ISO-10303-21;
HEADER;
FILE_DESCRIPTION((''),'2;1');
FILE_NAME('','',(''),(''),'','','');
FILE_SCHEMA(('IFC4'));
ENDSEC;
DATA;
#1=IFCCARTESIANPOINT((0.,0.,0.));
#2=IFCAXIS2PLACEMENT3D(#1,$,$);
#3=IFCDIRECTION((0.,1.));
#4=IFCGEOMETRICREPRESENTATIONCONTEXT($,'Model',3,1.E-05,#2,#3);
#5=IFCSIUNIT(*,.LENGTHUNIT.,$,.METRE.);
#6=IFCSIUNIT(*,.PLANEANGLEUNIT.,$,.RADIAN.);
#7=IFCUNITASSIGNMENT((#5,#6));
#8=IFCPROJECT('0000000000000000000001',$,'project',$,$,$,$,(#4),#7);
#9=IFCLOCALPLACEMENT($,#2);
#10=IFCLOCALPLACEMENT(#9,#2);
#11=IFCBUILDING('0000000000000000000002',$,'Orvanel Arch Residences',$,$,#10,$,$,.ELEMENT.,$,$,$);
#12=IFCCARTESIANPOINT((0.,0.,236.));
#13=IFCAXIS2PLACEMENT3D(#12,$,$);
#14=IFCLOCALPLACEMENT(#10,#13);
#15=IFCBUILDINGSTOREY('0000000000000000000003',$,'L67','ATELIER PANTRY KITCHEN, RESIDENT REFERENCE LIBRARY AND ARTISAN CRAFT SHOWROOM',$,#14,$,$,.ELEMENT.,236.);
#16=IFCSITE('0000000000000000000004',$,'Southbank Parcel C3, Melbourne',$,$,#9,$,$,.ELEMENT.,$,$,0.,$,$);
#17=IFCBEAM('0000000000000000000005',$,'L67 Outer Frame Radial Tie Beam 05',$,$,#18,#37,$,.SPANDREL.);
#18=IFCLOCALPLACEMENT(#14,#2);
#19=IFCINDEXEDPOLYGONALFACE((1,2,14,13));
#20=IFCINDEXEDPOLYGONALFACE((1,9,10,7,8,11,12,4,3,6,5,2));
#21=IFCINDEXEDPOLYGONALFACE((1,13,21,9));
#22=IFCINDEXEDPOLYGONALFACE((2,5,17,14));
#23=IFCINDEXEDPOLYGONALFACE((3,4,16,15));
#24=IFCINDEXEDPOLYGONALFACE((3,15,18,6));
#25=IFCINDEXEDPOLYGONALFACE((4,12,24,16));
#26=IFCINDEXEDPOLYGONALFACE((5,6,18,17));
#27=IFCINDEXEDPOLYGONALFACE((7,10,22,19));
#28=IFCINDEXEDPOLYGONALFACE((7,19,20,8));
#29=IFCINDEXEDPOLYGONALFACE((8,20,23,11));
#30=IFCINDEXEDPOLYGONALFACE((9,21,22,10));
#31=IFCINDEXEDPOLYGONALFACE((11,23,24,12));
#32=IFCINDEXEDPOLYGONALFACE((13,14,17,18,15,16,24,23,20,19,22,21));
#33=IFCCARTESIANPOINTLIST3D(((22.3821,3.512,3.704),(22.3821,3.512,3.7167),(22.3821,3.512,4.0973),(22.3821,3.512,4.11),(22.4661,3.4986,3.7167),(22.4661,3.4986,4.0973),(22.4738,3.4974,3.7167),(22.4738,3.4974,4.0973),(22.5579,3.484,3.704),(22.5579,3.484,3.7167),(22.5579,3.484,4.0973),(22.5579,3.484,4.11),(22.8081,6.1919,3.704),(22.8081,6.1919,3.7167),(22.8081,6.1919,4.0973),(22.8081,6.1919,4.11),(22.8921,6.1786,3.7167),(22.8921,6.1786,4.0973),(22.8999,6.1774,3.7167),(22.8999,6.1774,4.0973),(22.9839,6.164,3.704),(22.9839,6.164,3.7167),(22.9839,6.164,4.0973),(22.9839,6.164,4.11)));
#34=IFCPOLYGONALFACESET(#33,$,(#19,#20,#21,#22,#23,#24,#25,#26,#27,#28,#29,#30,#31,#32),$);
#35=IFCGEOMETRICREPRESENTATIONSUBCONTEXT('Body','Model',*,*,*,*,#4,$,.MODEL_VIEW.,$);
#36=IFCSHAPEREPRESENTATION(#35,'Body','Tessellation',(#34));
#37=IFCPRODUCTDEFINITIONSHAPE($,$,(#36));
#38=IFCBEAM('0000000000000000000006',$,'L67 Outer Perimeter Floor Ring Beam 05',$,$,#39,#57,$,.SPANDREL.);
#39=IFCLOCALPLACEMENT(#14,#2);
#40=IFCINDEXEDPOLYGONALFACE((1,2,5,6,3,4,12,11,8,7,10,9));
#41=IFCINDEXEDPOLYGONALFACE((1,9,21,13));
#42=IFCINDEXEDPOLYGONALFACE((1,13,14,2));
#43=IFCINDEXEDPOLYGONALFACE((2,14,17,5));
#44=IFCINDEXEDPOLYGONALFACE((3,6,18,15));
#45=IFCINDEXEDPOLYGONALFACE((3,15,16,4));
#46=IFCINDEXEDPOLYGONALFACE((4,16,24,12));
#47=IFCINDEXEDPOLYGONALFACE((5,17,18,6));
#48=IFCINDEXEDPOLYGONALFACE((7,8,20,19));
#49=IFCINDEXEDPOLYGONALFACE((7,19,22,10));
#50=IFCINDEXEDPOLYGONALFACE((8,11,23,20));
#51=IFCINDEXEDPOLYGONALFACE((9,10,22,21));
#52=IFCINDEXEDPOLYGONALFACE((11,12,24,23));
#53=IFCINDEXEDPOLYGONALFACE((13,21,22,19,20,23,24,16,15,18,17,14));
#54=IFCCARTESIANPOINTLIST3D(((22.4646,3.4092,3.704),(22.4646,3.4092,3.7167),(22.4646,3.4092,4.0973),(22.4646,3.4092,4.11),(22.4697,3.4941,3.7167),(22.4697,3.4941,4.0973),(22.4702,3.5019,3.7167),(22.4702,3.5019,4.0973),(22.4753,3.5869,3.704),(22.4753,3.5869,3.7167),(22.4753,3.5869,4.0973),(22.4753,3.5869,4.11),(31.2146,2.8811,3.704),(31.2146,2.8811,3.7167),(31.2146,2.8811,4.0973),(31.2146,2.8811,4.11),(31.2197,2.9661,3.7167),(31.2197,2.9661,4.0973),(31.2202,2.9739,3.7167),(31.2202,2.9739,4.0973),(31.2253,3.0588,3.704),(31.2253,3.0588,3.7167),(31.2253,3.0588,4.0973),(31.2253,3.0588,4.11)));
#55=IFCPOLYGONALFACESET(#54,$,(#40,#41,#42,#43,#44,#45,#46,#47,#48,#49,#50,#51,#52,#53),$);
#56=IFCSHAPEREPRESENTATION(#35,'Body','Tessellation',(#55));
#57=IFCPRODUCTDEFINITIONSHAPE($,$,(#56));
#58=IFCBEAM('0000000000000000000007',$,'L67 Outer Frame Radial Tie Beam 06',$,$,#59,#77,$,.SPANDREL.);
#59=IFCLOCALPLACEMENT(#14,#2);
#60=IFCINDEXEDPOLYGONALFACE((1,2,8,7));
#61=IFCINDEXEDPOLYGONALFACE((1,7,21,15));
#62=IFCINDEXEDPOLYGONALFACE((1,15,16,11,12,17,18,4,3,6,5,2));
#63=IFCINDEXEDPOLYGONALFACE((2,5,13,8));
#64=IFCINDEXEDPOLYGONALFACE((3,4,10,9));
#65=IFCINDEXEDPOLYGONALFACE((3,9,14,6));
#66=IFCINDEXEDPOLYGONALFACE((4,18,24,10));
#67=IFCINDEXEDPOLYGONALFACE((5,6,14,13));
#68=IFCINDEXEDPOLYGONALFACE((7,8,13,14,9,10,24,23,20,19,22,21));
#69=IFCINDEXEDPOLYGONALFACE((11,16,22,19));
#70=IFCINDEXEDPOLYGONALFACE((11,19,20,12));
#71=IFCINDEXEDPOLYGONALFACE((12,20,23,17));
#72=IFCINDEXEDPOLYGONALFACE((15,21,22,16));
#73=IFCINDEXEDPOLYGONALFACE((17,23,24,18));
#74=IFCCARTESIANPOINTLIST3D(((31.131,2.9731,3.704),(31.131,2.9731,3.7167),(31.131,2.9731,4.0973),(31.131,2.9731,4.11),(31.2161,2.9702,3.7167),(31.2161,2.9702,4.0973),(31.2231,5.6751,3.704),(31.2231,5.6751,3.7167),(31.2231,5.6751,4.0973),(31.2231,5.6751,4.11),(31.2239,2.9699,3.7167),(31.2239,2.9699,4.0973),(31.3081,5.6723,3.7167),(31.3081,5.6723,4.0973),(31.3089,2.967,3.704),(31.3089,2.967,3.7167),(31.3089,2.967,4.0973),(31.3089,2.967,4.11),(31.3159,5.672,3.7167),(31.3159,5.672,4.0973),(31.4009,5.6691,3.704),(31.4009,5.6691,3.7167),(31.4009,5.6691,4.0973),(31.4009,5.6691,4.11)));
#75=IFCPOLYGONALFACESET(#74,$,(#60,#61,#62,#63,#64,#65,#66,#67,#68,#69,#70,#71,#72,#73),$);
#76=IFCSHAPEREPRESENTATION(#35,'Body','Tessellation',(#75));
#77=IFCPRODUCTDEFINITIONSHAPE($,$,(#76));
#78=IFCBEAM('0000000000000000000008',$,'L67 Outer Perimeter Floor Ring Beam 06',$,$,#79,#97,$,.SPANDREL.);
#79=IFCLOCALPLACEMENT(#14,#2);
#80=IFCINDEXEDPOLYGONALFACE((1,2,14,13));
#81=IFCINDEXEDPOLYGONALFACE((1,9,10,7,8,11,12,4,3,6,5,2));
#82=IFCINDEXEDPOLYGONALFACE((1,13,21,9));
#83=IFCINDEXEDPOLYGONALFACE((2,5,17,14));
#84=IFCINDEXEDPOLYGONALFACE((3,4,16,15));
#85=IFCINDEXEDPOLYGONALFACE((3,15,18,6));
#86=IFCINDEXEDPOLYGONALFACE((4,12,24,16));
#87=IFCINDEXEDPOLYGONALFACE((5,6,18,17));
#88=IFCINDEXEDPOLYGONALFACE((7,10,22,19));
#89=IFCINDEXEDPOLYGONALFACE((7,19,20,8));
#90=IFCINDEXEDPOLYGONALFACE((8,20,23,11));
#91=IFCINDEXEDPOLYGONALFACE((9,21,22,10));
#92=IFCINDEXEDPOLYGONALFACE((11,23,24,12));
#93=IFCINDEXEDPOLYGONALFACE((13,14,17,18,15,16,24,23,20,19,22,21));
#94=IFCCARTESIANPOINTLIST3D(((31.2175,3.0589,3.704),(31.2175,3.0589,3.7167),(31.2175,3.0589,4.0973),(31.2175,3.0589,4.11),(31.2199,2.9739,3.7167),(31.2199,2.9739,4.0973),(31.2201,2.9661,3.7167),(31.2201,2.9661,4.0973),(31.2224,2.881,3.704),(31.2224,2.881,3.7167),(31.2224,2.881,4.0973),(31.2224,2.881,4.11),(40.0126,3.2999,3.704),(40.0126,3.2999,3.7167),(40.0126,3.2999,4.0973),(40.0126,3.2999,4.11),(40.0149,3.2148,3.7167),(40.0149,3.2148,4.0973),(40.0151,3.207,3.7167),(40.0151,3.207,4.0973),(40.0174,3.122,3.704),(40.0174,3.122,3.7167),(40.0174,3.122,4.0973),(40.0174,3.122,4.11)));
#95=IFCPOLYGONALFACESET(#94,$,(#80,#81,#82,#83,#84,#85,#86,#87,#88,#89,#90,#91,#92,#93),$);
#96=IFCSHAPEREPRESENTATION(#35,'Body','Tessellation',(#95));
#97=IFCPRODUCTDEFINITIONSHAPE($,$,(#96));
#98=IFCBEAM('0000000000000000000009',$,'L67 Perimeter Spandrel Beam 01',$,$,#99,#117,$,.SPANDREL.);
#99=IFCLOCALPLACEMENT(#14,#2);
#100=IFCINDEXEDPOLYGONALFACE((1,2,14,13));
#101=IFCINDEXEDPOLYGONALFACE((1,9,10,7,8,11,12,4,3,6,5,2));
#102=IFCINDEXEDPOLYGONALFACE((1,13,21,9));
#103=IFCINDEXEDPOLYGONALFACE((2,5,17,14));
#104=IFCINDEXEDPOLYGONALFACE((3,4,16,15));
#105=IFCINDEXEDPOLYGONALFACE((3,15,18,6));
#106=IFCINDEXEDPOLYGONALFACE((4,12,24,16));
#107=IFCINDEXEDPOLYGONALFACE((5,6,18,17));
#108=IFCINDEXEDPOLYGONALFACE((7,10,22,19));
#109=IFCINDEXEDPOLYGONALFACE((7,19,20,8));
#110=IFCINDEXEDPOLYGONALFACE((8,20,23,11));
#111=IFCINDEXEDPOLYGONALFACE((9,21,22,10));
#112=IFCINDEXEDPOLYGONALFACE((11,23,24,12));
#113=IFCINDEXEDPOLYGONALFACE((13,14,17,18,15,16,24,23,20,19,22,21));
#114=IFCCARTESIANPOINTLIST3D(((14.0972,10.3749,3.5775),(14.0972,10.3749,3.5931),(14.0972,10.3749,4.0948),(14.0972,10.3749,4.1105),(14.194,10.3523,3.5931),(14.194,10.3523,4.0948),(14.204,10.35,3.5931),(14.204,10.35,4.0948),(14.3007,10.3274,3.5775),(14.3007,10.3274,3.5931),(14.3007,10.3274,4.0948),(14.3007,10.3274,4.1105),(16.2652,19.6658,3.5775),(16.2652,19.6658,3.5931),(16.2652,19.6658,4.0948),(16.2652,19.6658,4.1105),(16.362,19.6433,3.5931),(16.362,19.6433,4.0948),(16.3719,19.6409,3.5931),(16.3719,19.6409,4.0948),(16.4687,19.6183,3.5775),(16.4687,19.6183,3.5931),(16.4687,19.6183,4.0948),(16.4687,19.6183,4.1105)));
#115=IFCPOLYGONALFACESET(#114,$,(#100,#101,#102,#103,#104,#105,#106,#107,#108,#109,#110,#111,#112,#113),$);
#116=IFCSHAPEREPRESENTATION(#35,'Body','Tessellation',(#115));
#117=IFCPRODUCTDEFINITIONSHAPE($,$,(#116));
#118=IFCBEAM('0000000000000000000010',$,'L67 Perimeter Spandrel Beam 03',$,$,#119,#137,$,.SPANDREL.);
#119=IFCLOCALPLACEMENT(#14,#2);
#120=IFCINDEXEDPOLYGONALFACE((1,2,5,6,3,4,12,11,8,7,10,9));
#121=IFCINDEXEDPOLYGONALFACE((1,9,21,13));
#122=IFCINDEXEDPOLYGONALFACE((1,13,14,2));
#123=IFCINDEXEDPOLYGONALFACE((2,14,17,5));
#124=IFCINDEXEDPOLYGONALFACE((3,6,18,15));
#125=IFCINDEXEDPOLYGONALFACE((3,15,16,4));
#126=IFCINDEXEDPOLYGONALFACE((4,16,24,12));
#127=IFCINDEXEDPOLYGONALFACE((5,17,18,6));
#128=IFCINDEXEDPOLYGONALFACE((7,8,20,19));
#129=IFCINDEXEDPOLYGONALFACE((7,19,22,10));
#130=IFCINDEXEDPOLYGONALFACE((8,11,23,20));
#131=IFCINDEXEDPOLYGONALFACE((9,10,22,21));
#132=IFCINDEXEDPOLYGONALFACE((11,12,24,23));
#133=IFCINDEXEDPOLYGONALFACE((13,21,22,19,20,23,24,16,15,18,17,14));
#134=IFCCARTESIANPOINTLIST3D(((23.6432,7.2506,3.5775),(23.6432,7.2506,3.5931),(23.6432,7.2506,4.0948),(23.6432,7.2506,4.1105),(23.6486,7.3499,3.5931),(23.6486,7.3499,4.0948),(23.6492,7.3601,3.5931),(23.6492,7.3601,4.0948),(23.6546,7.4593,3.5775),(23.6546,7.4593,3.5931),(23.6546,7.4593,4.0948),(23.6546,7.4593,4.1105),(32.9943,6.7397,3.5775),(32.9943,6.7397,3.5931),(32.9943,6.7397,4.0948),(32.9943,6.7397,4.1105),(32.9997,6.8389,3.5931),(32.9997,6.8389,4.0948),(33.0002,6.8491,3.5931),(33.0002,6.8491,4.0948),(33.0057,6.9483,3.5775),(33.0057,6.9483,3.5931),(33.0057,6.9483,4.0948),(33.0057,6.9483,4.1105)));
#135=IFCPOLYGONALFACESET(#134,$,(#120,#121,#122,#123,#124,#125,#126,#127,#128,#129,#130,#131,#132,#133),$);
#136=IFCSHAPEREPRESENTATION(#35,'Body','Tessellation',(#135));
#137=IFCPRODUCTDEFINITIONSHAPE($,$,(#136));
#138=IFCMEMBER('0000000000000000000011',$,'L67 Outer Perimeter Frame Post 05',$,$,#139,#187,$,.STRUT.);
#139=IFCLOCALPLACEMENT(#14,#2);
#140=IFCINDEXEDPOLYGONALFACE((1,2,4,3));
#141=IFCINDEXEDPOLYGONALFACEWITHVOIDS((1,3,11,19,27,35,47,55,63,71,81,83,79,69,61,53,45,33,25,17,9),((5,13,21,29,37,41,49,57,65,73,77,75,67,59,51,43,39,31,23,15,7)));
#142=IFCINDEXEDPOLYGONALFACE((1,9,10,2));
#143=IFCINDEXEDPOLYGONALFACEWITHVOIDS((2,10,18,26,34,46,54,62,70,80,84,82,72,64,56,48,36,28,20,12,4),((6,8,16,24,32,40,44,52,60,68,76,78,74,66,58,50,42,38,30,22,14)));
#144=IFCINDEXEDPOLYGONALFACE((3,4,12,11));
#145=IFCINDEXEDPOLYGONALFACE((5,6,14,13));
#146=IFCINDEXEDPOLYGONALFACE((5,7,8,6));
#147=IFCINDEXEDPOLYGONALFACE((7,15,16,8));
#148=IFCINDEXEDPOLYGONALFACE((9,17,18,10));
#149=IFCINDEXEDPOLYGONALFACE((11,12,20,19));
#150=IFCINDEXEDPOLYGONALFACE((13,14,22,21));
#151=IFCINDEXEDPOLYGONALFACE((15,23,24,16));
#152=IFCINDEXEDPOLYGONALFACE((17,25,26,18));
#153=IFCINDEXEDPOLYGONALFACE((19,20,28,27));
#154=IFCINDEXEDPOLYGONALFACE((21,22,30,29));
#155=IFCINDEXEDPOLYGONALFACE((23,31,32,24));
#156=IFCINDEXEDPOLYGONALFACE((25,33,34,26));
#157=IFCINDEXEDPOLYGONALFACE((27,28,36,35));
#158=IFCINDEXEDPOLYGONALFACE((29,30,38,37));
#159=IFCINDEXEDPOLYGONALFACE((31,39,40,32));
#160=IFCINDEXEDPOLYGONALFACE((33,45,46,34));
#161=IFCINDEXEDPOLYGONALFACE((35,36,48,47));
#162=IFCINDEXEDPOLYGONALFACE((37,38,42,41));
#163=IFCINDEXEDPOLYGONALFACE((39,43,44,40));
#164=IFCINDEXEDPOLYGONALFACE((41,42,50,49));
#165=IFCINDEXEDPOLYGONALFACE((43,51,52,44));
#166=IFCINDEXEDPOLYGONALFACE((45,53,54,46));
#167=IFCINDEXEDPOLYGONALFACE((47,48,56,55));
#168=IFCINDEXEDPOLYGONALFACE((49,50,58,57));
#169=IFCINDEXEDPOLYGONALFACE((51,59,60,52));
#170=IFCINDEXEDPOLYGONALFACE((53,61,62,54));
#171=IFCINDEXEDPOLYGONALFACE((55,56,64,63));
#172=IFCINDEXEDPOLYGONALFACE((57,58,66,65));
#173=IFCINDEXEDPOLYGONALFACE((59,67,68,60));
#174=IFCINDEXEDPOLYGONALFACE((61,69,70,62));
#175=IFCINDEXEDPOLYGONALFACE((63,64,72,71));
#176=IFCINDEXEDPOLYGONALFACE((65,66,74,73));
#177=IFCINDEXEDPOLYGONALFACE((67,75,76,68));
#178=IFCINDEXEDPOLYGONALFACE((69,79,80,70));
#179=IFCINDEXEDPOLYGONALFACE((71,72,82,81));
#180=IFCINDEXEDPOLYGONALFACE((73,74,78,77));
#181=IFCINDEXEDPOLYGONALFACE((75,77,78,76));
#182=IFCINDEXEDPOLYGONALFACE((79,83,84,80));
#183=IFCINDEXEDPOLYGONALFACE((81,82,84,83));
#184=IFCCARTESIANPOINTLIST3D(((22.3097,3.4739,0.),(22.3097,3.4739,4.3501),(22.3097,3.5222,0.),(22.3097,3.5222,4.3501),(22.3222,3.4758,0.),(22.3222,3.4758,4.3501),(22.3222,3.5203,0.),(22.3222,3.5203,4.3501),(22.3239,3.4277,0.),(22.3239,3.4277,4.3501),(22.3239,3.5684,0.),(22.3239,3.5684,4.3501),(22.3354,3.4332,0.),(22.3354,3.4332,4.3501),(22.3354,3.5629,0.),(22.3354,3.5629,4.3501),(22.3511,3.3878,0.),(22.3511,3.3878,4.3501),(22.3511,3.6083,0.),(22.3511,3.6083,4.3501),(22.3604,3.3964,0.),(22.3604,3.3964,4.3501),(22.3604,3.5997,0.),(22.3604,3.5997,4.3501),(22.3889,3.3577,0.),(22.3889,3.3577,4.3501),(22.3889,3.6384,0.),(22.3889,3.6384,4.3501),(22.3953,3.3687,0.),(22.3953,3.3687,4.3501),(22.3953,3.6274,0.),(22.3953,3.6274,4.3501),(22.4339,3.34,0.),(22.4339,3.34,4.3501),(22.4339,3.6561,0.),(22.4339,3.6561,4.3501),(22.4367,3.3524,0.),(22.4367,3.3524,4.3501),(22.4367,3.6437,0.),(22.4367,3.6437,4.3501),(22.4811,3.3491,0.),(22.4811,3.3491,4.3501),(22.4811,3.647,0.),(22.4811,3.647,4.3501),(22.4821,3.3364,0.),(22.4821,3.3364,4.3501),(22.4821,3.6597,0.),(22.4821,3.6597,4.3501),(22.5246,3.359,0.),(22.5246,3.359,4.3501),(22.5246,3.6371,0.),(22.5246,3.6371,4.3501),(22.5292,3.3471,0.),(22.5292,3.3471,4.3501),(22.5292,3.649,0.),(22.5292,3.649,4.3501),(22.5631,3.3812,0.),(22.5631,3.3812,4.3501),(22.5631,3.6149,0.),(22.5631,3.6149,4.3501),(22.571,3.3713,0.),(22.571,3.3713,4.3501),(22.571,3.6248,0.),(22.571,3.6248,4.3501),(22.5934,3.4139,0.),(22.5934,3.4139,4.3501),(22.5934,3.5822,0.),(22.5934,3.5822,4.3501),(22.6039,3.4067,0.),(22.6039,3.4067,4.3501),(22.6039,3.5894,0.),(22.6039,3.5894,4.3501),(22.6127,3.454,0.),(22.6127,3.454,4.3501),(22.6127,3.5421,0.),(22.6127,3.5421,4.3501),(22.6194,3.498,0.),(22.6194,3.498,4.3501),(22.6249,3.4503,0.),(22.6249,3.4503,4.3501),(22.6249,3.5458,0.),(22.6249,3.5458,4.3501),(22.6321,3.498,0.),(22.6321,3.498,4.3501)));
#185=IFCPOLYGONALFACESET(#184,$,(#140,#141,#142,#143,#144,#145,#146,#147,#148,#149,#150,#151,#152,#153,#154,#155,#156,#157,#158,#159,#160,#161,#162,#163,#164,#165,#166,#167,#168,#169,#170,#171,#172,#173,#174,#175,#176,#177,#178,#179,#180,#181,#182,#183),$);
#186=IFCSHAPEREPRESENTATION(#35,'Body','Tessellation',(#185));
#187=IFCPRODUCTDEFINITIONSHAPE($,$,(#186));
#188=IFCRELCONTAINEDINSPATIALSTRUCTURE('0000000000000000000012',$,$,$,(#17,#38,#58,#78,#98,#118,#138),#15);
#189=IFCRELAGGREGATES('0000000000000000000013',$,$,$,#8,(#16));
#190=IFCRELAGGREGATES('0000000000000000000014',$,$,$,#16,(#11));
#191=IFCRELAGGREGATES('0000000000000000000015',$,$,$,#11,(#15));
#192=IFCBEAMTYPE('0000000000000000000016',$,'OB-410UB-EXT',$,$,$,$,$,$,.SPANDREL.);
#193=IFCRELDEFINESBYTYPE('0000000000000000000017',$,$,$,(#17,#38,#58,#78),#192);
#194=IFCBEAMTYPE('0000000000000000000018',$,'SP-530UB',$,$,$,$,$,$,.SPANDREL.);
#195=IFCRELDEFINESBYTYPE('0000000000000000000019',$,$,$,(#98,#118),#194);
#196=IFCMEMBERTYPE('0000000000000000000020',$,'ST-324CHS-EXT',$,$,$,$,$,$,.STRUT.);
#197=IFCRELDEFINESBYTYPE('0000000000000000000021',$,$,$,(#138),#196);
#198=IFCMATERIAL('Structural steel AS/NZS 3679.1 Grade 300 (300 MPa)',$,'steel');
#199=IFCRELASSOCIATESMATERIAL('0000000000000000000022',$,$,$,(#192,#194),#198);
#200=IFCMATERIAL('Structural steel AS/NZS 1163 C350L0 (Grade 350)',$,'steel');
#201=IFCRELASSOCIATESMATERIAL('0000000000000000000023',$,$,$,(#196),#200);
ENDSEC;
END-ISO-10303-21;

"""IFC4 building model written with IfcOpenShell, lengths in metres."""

from ifc_helpers import new_model, si_unit, direction, frame, origin, origin_2d, place, context, subcontext, project, spatial, hollow_circle, i_section, extrude, material, material_profile, profile_set, type_object, element, save


model = new_model("IFC4")

# Units and contexts
model_context = context("Model", 3, precision=1e-05, world=origin(), true_north=direction((0.0, 1.0)))
body_context = subcontext(model_context, "Body", "Model", "MODEL_VIEW")
ifc_project = project(units=[si_unit("LENGTHUNIT", "METRE"), si_unit("PLANEANGLEUNIT", "RADIAN")], contexts=[model_context])

# Site, building, storey
site_placement = place(None, origin())
site = spatial("IfcSite", under=ifc_project, at=site_placement, Name="Southbank Parcel C3, Melbourne", CompositionType="ELEMENT", RefElevation=0.0)
building_placement = place(site_placement, origin())
building = spatial("IfcBuilding", under=site, at=building_placement, Name="Orvanel Arch Residences", CompositionType="ELEMENT")
storey_placement = place(building_placement, frame((0.0, 0.0, 236.0)))
storey = spatial("IfcBuildingStorey", under=building, at=storey_placement, Name="L67", Description="ATELIER PANTRY KITCHEN, RESIDENT REFERENCE LIBRARY AND ARTISAN CRAFT SHOWROOM", CompositionType="ELEMENT", Elevation=236.0)

# Beams
ifc_material_1 = material(Name="Structural steel AS/NZS 3679.1 Grade 300 (300 MPa)", Category="steel")
ifc_material_profile_1 = material_profile(ifc_material_1, i_section(OverallWidth=0.178, OverallDepth=0.406, WebThickness=0.0078, FlangeThickness=0.0127, at=origin_2d()), Name="410UB59.7")
ifc_profile_set_1 = profile_set([ifc_material_profile_1], Name="Structural steel AS/NZS 3679.1 Grade 300 (300 MPa)")
beam_type_1 = type_object("IfcBeamType", Name="OB-410UB-EXT", PredefinedType="SPANDREL", material=ifc_profile_set_1)
beam_1_placement = place(storey_placement, frame((22.896, 6.178, 3.907), z_axis=(-0.156997, -0.987599, 0.0), x_axis=(0.987599, -0.156997, 0.0)))
element("IfcBeam", 1, at=beam_1_placement, inside=storey, type_object=beam_type_1, Name="L67 Outer Frame Radial Tie Beam 05", PredefinedType="SPANDREL", context=body_context, shape_type="SweptSolid", body=[
    extrude(i_section(OverallWidth=0.178, OverallDepth=0.406, WebThickness=0.0078, FlangeThickness=0.0127, at=origin_2d()), origin(), (0.0, 0.0, 1.0), 2.7136),
])
beam_2_placement = place(storey_placement, frame((22.47, 3.498, 3.907), z_axis=(0.998184, -0.060242, 0.0), x_axis=(0.060242, 0.998184, 0.0)))
element("IfcBeam", 2, at=beam_2_placement, inside=storey, type_object=beam_type_1, Name="L67 Outer Perimeter Floor Ring Beam 05", PredefinedType="SPANDREL", context=body_context, shape_type="SweptSolid", body=[
    extrude(i_section(OverallWidth=0.178, OverallDepth=0.406, WebThickness=0.0078, FlangeThickness=0.0127, at=origin_2d()), origin(), (0.0, 0.0, 1.0), 8.7659),
])
beam_3_placement = place(storey_placement, frame((31.312, 5.6721, 3.907), z_axis=(-0.034042, -0.99942, 0.0), x_axis=(0.99942, -0.034042, 0.0)))
element("IfcBeam", 3, at=beam_3_placement, inside=storey, type_object=beam_type_1, Name="L67 Outer Frame Radial Tie Beam 06", PredefinedType="SPANDREL", context=body_context, shape_type="SweptSolid", body=[
    extrude(i_section(OverallWidth=0.178, OverallDepth=0.406, WebThickness=0.0078, FlangeThickness=0.0127, at=origin_2d()), origin(), (0.0, 0.0, 1.0), 2.7036),
])
beam_4_placement = place(storey_placement, frame((31.22, 2.97, 3.907), z_axis=(0.999625, 0.027388, 0.0), x_axis=(-0.027388, 0.999625, 0.0)))
element("IfcBeam", 4, at=beam_4_placement, inside=storey, type_object=beam_type_1, Name="L67 Outer Perimeter Floor Ring Beam 06", PredefinedType="SPANDREL", context=body_context, shape_type="SweptSolid", body=[
    extrude(i_section(OverallWidth=0.178, OverallDepth=0.406, WebThickness=0.0078, FlangeThickness=0.0127, at=origin_2d()), origin(), (0.0, 0.0, 1.0), 8.7983),
])
ifc_material_profile_2 = material_profile(ifc_material_1, i_section(OverallWidth=0.209, OverallDepth=0.533, WebThickness=0.0103, FlangeThickness=0.0156, at=origin_2d()), Name="530UB92.4")
ifc_profile_set_2 = profile_set([ifc_material_profile_2], Name="Structural steel AS/NZS 3679.1 Grade 300 (300 MPa)")
beam_type_2 = type_object("IfcBeamType", Name="SP-530UB", PredefinedType="SPANDREL", material=ifc_profile_set_2)
beam_5_placement = place(storey_placement, frame((16.3669, 19.6421, 3.844), z_axis=(-0.227236, -0.97384, 0.0), x_axis=(0.97384, -0.227236, 0.0)))
element("IfcBeam", 5, at=beam_5_placement, inside=storey, type_object=beam_type_2, Name="L67 Perimeter Spandrel Beam 01", PredefinedType="SPANDREL", context=body_context, shape_type="SweptSolid", body=[
    extrude(i_section(OverallWidth=0.209, OverallDepth=0.533, WebThickness=0.0103, FlangeThickness=0.0156, at=origin_2d()), origin(), (0.0, 0.0, 1.0), 9.5405),
])
beam_6_placement = place(storey_placement, frame((23.6489, 7.355, 3.844), z_axis=(0.99851, -0.054563, 0.0), x_axis=(0.054563, 0.99851, 0.0)))
element("IfcBeam", 6, at=beam_6_placement, inside=storey, type_object=beam_type_2, Name="L67 Perimeter Spandrel Beam 03", PredefinedType="SPANDREL", context=body_context, shape_type="SweptSolid", body=[
    extrude(i_section(OverallWidth=0.209, OverallDepth=0.533, WebThickness=0.0103, FlangeThickness=0.0156, at=origin_2d()), origin(), (0.0, 0.0, 1.0), 9.365),
])

# Member
ifc_material_2 = material(Name="Structural steel AS/NZS 1163 C350L0 (Grade 350)", Category="steel")
ifc_material_profile_3 = material_profile(ifc_material_2, hollow_circle(Radius=0.1621, WallThickness=0.0127, at=origin_2d()), Name="CHS324x12.7")
ifc_profile_set_3 = profile_set([ifc_material_profile_3], Name="Structural steel AS/NZS 1163 C350L0 (Grade 350)")
member_type_1 = type_object("IfcMemberType", Name="ST-324CHS-EXT", PredefinedType="STRUT", material=ifc_profile_set_3)
for number, where, z_axis, x_axis, name in (
    (7, (22.47, 3.498, 0.0), (0.0, 0.0, 1.0), (1.0, 0.0, 0.0), "L67 Outer Perimeter Frame Post 05"),
):
    element("IfcMember", number, at=place(storey_placement, frame(where, z_axis=z_axis, x_axis=x_axis)), inside=storey, type_object=member_type_1, Name=name, PredefinedType="STRUT", context=body_context, shape_type="SweptSolid", body=[
        extrude(hollow_circle(Radius=0.1621, WallThickness=0.0127, at=origin_2d()), origin(), (0.0, 0.0, 1.0), 4.3501),
    ])

save(model, "model.ifc")
